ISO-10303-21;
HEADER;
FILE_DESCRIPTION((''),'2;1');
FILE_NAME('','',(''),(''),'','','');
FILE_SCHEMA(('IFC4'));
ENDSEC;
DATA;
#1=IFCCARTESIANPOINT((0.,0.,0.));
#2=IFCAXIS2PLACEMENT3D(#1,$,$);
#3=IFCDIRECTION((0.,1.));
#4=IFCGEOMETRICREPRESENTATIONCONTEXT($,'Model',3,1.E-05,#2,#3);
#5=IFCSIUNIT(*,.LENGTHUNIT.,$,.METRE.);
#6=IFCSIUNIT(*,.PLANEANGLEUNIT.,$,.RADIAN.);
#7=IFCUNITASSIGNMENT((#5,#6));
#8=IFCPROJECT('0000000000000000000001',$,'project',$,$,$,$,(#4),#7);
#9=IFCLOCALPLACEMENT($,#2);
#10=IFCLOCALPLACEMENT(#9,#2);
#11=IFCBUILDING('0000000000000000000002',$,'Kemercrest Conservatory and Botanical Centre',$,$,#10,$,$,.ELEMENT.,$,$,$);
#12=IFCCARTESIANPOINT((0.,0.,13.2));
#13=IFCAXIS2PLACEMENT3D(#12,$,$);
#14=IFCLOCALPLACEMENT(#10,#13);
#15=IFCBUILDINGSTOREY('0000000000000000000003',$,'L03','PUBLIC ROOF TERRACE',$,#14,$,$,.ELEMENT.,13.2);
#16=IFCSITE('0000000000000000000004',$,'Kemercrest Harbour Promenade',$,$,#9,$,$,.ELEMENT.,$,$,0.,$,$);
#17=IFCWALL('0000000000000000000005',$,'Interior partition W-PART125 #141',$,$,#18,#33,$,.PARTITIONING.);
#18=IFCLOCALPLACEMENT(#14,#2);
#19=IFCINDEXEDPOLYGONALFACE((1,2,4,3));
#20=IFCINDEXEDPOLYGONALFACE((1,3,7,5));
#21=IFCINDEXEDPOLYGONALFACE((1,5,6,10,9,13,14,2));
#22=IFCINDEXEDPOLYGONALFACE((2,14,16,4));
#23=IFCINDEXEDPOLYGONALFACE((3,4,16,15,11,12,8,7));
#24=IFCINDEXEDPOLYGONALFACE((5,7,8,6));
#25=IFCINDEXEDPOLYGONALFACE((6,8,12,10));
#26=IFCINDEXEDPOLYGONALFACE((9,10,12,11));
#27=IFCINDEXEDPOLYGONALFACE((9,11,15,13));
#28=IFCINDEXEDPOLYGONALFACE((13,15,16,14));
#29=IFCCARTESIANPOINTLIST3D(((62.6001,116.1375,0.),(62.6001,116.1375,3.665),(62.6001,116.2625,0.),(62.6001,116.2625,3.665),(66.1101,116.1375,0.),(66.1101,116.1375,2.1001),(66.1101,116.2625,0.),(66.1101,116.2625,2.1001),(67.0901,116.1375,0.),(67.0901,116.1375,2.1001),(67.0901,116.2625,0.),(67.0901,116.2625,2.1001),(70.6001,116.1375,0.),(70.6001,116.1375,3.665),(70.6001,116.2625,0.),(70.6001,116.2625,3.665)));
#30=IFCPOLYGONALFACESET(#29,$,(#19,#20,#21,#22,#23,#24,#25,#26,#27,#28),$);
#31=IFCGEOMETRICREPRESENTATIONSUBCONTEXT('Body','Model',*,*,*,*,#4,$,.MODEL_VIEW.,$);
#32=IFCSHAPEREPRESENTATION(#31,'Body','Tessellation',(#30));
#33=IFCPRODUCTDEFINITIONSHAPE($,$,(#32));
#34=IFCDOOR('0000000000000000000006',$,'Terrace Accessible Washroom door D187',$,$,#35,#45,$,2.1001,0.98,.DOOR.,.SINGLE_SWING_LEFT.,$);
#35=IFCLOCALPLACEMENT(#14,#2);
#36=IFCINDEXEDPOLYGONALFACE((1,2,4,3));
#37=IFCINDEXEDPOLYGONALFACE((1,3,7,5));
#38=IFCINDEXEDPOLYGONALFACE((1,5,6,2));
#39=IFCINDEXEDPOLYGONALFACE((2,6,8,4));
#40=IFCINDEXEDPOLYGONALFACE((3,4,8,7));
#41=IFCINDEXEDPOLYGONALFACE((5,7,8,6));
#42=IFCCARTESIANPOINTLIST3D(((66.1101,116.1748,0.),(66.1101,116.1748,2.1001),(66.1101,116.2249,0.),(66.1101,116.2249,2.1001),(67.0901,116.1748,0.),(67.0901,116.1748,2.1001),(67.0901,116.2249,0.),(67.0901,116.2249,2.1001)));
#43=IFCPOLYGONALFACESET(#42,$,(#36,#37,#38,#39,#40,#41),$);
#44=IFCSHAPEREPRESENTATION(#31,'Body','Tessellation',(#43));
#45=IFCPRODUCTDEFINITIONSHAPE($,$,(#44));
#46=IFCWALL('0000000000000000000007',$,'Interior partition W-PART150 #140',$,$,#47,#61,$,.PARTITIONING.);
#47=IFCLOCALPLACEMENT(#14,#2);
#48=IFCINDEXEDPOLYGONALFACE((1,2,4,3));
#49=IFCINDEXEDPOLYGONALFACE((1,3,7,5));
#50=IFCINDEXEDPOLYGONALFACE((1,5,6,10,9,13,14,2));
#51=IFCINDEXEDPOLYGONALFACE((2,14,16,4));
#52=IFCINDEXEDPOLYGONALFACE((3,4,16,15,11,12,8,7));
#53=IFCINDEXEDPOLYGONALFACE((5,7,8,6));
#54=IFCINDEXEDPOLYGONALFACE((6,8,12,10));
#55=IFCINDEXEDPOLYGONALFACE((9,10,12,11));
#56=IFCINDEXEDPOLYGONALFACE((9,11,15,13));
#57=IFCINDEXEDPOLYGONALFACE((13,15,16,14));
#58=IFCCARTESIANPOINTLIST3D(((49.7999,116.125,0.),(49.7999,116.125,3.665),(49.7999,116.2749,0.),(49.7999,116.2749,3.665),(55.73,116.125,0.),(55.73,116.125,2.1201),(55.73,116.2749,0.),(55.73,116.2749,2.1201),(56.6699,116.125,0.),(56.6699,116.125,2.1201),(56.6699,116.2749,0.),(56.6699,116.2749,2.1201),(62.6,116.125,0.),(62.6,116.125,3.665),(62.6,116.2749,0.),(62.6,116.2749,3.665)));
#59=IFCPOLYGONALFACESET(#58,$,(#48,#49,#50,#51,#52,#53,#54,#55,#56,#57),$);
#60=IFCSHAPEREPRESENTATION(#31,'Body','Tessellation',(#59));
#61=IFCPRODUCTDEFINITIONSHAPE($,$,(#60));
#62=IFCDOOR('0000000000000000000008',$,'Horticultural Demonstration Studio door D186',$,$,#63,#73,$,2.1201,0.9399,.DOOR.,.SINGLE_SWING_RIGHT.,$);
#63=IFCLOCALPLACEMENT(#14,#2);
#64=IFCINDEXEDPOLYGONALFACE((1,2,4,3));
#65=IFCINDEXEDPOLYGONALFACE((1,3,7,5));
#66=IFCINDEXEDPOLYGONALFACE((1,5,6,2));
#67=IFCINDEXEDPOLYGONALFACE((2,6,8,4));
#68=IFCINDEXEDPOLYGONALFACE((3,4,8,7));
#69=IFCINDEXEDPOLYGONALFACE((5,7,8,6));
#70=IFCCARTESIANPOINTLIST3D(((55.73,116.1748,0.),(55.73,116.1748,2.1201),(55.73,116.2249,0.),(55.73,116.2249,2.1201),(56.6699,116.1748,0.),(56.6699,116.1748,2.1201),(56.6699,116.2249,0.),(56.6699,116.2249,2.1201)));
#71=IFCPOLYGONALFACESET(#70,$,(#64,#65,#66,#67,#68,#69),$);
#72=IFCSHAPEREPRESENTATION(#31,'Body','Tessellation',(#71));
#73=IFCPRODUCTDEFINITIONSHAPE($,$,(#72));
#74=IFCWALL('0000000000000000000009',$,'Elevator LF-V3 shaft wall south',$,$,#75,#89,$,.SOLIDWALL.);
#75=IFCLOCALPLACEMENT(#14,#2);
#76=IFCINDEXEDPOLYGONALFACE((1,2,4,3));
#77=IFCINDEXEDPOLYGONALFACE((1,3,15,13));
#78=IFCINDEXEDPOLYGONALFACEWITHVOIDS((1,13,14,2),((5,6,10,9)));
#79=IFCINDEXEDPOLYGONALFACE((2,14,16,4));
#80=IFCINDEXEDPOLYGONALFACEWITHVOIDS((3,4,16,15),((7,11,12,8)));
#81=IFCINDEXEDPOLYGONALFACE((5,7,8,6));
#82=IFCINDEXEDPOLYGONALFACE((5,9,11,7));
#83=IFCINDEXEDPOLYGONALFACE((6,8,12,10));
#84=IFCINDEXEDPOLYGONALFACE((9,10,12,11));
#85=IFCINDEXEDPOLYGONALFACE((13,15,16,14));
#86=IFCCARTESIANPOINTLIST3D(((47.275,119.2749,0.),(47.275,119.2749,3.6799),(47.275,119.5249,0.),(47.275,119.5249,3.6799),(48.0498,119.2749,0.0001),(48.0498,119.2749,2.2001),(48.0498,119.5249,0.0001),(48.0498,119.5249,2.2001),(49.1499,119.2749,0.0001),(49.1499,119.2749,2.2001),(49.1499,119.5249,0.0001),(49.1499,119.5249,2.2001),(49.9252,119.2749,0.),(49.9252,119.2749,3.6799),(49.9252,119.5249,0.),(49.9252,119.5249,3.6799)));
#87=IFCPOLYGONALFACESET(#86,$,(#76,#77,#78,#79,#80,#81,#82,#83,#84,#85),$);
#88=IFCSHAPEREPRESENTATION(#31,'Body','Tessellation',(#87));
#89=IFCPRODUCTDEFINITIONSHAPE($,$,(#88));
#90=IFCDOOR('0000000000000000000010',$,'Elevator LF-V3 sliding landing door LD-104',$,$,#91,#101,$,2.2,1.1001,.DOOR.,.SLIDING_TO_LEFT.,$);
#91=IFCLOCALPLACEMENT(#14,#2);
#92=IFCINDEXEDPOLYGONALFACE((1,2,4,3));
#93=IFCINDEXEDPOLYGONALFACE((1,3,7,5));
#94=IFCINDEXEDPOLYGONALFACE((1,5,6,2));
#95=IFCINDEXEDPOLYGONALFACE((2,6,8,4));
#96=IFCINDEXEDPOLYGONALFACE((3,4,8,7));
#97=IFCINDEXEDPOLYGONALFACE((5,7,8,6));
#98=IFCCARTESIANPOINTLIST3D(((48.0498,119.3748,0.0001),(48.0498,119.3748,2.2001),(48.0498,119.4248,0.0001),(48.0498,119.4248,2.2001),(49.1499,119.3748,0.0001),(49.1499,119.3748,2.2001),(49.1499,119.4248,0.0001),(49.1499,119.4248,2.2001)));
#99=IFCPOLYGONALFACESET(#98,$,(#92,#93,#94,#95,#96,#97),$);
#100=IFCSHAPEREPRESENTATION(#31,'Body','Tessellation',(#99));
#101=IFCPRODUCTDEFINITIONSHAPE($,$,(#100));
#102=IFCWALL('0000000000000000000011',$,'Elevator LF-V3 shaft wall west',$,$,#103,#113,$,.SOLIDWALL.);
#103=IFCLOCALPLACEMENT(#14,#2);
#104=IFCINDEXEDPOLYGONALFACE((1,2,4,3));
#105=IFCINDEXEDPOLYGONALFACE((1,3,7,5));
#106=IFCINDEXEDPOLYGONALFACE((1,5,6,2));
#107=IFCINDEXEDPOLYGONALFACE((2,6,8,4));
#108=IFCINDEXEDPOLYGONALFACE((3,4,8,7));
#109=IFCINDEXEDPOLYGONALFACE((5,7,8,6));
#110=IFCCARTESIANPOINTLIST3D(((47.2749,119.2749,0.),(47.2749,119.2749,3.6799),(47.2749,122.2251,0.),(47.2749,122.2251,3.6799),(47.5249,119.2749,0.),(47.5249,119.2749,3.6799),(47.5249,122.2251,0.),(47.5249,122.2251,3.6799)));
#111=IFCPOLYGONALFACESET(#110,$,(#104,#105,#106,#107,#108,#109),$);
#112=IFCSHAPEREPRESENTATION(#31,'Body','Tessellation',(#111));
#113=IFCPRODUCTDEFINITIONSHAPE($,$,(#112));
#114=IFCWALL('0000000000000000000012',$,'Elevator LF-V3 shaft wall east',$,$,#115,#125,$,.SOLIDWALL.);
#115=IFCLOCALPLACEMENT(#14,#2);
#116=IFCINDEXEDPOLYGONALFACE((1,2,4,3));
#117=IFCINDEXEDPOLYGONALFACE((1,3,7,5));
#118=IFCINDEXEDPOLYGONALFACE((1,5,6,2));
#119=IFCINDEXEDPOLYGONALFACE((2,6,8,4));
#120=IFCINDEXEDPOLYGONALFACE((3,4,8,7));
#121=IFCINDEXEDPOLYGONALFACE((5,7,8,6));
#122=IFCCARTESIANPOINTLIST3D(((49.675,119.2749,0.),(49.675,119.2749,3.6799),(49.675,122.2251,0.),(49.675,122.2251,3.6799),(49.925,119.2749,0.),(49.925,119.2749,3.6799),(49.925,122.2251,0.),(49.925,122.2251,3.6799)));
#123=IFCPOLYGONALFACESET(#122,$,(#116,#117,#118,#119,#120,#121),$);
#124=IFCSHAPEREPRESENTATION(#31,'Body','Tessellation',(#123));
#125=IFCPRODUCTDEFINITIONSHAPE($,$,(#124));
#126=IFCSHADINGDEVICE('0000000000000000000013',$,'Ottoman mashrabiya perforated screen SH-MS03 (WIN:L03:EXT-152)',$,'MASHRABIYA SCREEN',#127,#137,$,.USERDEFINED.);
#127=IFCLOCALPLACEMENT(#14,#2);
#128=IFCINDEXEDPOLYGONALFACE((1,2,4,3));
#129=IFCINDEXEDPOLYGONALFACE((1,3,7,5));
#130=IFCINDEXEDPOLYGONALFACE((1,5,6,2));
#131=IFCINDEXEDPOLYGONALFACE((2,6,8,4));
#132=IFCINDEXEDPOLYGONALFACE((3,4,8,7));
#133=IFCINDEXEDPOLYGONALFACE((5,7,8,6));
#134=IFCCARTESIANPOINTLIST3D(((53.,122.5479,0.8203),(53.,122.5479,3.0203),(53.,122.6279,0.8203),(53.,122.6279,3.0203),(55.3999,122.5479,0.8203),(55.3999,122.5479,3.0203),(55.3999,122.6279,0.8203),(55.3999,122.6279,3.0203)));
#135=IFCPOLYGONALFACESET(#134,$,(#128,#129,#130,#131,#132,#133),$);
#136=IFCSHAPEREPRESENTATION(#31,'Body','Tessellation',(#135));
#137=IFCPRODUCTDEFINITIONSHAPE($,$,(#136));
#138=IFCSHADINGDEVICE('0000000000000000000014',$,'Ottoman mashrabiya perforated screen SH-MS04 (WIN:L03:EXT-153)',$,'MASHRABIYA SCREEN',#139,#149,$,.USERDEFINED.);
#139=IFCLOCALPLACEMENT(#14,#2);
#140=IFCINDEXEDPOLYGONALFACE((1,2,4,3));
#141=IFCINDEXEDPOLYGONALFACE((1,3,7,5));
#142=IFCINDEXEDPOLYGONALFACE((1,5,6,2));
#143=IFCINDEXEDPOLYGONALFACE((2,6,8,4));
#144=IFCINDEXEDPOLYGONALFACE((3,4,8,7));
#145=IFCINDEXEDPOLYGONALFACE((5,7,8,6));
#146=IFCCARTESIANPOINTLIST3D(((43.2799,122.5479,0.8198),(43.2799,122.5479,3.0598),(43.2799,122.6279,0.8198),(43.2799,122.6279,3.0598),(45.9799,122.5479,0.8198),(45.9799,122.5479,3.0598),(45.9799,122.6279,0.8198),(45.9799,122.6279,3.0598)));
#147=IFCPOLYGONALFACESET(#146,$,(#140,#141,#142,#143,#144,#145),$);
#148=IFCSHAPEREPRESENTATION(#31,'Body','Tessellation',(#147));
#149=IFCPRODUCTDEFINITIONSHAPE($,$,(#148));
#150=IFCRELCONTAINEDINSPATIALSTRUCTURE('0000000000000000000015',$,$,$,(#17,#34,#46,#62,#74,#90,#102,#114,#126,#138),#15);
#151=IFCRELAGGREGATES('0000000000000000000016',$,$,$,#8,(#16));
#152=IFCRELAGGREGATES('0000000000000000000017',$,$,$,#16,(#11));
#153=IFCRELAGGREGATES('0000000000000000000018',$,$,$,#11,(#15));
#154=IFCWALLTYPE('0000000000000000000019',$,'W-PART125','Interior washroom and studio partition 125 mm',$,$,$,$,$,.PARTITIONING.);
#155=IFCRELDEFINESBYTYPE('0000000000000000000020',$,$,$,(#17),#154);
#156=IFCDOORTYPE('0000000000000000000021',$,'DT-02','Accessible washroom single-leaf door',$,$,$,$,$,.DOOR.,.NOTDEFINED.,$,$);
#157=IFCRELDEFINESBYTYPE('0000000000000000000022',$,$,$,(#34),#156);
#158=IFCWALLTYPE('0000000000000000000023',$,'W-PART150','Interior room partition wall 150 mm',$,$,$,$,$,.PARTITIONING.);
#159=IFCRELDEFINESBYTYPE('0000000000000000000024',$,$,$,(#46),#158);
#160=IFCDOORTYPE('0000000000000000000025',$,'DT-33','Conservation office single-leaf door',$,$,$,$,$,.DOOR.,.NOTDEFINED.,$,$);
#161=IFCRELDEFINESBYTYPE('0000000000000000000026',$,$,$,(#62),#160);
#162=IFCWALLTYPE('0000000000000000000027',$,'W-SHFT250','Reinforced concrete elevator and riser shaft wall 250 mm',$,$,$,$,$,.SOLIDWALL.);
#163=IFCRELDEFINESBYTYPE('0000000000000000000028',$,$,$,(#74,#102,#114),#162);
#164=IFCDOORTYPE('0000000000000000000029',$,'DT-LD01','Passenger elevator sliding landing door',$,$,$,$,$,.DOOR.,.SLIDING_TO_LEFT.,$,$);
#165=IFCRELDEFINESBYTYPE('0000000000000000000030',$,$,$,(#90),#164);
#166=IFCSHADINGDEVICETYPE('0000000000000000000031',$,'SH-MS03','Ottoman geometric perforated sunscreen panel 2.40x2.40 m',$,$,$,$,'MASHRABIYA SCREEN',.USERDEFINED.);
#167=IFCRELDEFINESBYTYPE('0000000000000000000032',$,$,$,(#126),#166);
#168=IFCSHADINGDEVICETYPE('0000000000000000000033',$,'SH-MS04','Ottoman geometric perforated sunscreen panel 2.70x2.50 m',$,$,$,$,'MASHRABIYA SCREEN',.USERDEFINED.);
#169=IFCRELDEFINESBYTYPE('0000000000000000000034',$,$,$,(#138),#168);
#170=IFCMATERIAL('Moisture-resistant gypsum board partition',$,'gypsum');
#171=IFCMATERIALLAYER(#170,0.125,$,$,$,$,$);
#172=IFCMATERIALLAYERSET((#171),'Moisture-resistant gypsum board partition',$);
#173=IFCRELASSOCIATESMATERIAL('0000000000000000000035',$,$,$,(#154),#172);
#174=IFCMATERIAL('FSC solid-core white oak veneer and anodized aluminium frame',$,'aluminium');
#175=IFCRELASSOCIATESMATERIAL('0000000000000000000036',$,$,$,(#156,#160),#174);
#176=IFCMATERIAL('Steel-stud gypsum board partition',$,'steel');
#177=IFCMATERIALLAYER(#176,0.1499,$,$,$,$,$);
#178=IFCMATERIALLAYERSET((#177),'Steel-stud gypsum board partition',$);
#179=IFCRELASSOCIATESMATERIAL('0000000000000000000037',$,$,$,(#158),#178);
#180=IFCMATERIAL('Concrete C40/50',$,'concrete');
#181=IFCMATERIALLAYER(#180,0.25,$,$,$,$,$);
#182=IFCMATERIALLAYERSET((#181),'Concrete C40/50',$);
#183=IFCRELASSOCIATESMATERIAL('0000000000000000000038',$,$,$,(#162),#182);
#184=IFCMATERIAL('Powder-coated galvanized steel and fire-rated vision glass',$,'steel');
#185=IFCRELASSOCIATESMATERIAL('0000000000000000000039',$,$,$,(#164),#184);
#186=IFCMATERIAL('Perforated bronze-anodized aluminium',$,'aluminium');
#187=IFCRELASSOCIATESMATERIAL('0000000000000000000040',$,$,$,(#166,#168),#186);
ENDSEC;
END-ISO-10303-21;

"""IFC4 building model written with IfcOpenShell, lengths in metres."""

from ifc_helpers import new_model, si_unit, direction, frame, frame_2d, origin, origin_2d, place, context, subcontext, project, spatial, rectangle, extrude, material, layer, layer_set, type_object, element, fill, save


model = new_model("IFC4")

# Units and contexts
model_context = context("Model", 3, precision=1e-05, world=origin(), true_north=direction((0.0, 1.0)))
body_context = subcontext(model_context, "Body", "Model", "MODEL_VIEW")
ifc_project = project(units=[si_unit("LENGTHUNIT", "METRE"), si_unit("PLANEANGLEUNIT", "RADIAN")], contexts=[model_context])

# Site, building, storey
site_placement = place(None, origin())
site = spatial("IfcSite", under=ifc_project, at=site_placement, Name="Kemercrest Harbour Promenade", CompositionType="ELEMENT", RefElevation=0.0)
building_placement = place(site_placement, origin())
building = spatial("IfcBuilding", under=site, at=building_placement, Name="Kemercrest Conservatory and Botanical Centre", CompositionType="ELEMENT")
storey_placement = place(building_placement, frame((0.0, 0.0, 13.2)))
storey = spatial("IfcBuildingStorey", under=building, at=storey_placement, Name="L03", Description="PUBLIC ROOF TERRACE", CompositionType="ELEMENT", Elevation=13.2)

# Shared definitions
ifc_material_1 = material(Name="Concrete C40/50", Category="concrete")

# Walls, openings, doors
ifc_material_2 = material(Name="Moisture-resistant gypsum board partition", Category="gypsum")
ifc_layer_1 = layer(ifc_material_2, 0.125)
ifc_layer_set_1 = layer_set([ifc_layer_1], Name="Moisture-resistant gypsum board partition")
wall_type_1 = type_object("IfcWallType", Name="W-PART125", Description="Interior washroom and studio partition 125 mm", PredefinedType="PARTITIONING", material=ifc_layer_set_1)
wall_1_placement = place(storey_placement, frame((62.6001, 116.2, 0.0), z_axis=(0.0, 0.0, 1.0), x_axis=(1.0, 0.0, 0.0)))
wall_1 = element("IfcWall", 1, at=wall_1_placement, inside=storey, type_object=wall_type_1, Name="Interior partition W-PART125 #141", PredefinedType="PARTITIONING", context=body_context, shape_type="SweptSolid", body=[
    extrude(rectangle(XDim=8.0, YDim=0.125, at=frame_2d((4.0, 0.0))), origin(), (0.0, 0.0, 1.0), 3.665),
])
opening_1_placement = place(wall_1_placement, frame((3.51, 0.0, 0.0)))
opening_1 = element("IfcOpeningElement", 2, at=opening_1_placement, cuts=wall_1, PredefinedType="OPENING", context=body_context, shape_type="SweptSolid", body=[
    extrude(rectangle(XDim=0.98, YDim=2.1001, at=frame_2d((0.49, 1.05))), frame((0.0, 0.0725, 0.0), z_axis=(0.0, -1.0, 0.0), x_axis=(1.0, 0.0, 0.0)), (0.0, 0.0, 1.0), 0.145),
])
ifc_material_3 = material(Name="FSC solid-core white oak veneer and anodized aluminium frame", Category="aluminium")
door_type_1 = type_object("IfcDoorType", Name="DT-02", Description="Accessible washroom single-leaf door", OperationType="NOTDEFINED", PredefinedType="DOOR", material=ifc_material_3)
door_1_placement = place(opening_1_placement, origin())
door_1 = element("IfcDoor", 3, at=door_1_placement, inside=storey, type_object=door_type_1, Name="Terrace Accessible Washroom door D187", OperationType="SINGLE_SWING_LEFT", OverallHeight=2.1001, OverallWidth=0.98, PredefinedType="DOOR", context=body_context, shape_type="SweptSolid", body=[
    extrude(rectangle(XDim=0.98, YDim=2.1001, at=frame_2d((0.49, 1.05))), frame((0.0, 0.0249, 0.0), z_axis=(0.0, -1.0, 0.0), x_axis=(1.0, 0.0, 0.0)), (0.0, 0.0, 1.0), 0.05),
])
fill(opening_1, door_1)
ifc_material_4 = material(Name="Steel-stud gypsum board partition", Category="steel")
ifc_layer_2 = layer(ifc_material_4, 0.1499)
ifc_layer_set_2 = layer_set([ifc_layer_2], Name="Steel-stud gypsum board partition")
wall_type_2 = type_object("IfcWallType", Name="W-PART150", Description="Interior room partition wall 150 mm", PredefinedType="PARTITIONING", material=ifc_layer_set_2)
wall_2_placement = place(storey_placement, frame((49.8, 116.2, 0.0), z_axis=(0.0, 0.0, 1.0), x_axis=(1.0, 0.0, 0.0)))
wall_2 = element("IfcWall", 4, at=wall_2_placement, inside=storey, type_object=wall_type_2, Name="Interior partition W-PART150 #140", PredefinedType="PARTITIONING", context=body_context, shape_type="SweptSolid", body=[
    extrude(rectangle(XDim=12.8, YDim=0.1499, at=frame_2d((6.3999, 0.0))), origin(), (0.0, 0.0, 1.0), 3.665),
])
opening_2_placement = place(wall_2_placement, frame((5.9299, 0.0, 0.0)))
opening_2 = element("IfcOpeningElement", 5, at=opening_2_placement, cuts=wall_2, PredefinedType="OPENING", context=body_context, shape_type="SweptSolid", body=[
    extrude(rectangle(XDim=0.9399, YDim=2.1201, at=frame_2d((0.47, 1.0601))), frame((0.0, 0.085, 0.0), z_axis=(0.0, -1.0, 0.0), x_axis=(1.0, 0.0, 0.0)), (0.0, 0.0, 1.0), 0.1699),
])
door_type_2 = type_object("IfcDoorType", Name="DT-33", Description="Conservation office single-leaf door", OperationType="NOTDEFINED", PredefinedType="DOOR", material=ifc_material_3)
door_2_placement = place(opening_2_placement, origin())
door_2 = element("IfcDoor", 6, at=door_2_placement, inside=storey, type_object=door_type_2, Name="Horticultural Demonstration Studio door D186", OperationType="SINGLE_SWING_RIGHT", OverallHeight=2.1201, OverallWidth=0.9399, PredefinedType="DOOR", context=body_context, shape_type="SweptSolid", body=[
    extrude(rectangle(XDim=0.9399, YDim=2.1201, at=frame_2d((0.47, 1.0601))), frame((0.0, 0.0249, 0.0), z_axis=(0.0, -1.0, 0.0), x_axis=(1.0, 0.0, 0.0)), (0.0, 0.0, 1.0), 0.05),
])
fill(opening_2, door_2)
ifc_layer_3 = layer(ifc_material_1, 0.25)
ifc_layer_set_3 = layer_set([ifc_layer_3], Name="Concrete C40/50")
wall_type_3 = type_object("IfcWallType", Name="W-SHFT250", Description="Reinforced concrete elevator and riser shaft wall 250 mm", PredefinedType="SOLIDWALL", material=ifc_layer_set_3)
wall_3_placement = place(storey_placement, frame((47.2749, 119.3999, 0.0), z_axis=(0.0, 0.0, 1.0), x_axis=(1.0, 0.0, 0.0)))
wall_3 = element("IfcWall", 7, at=wall_3_placement, inside=storey, type_object=wall_type_3, Name="Elevator LF-V3 shaft wall south", PredefinedType="SOLIDWALL", context=body_context, shape_type="SweptSolid", body=[
    extrude(rectangle(XDim=2.6501, YDim=0.25, at=frame_2d((1.3252, 0.0))), origin(), (0.0, 0.0, 1.0), 3.6799),
])
opening_3_placement = place(wall_3_placement, frame((0.7749, 0.0, 0.0)))
opening_3 = element("IfcOpeningElement", 8, at=opening_3_placement, cuts=wall_3, PredefinedType="OPENING", context=body_context, shape_type="SweptSolid", body=[
    extrude(rectangle(XDim=1.1001, YDim=2.2, at=frame_2d((0.55, 1.1001))), frame((0.0, 0.135, 0.0), z_axis=(0.0, -1.0, 0.0), x_axis=(1.0, 0.0, 0.0)), (0.0, 0.0, 1.0), 0.27),
])
ifc_material_5 = material(Name="Powder-coated galvanized steel and fire-rated vision glass", Category="steel")
door_type_3 = type_object("IfcDoorType", Name="DT-LD01", Description="Passenger elevator sliding landing door", OperationType="SLIDING_TO_LEFT", PredefinedType="DOOR", material=ifc_material_5)
door_3_placement = place(opening_3_placement, origin())
door_3 = element("IfcDoor", 9, at=door_3_placement, inside=storey, type_object=door_type_3, Name="Elevator LF-V3 sliding landing door LD-104", OperationType="SLIDING_TO_LEFT", OverallHeight=2.2, OverallWidth=1.1001, PredefinedType="DOOR", context=body_context, shape_type="SweptSolid", body=[
    extrude(rectangle(XDim=1.1001, YDim=2.2, at=frame_2d((0.55, 1.1001))), frame((0.0, 0.0249, 0.0), z_axis=(0.0, -1.0, 0.0), x_axis=(1.0, 0.0, 0.0)), (0.0, 0.0, 1.0), 0.05),
])
fill(opening_3, door_3)

# Walls
for number, where, z_axis, x_axis, name in (
    (10, (47.3999, 119.2749, 0.0), (0.0, 0.0, 1.0), (0.0, 1.0, 0.0), "Elevator LF-V3 shaft wall west"),
    (11, (49.8, 119.2749, 0.0), (0.0, 0.0, 1.0), (0.0, 1.0, 0.0), "Elevator LF-V3 shaft wall east"),
):
    element("IfcWall", number, at=place(storey_placement, frame(where, z_axis=z_axis, x_axis=x_axis)), inside=storey, type_object=wall_type_3, Name=name, PredefinedType="SOLIDWALL", context=body_context, shape_type="SweptSolid", body=[
        extrude(rectangle(XDim=2.9502, YDim=0.25, at=frame_2d((1.4751, 0.0))), origin(), (0.0, 0.0, 1.0), 3.6799),
    ])

# Shading devices
ifc_material_6 = material(Name="Perforated bronze-anodized aluminium", Category="aluminium")
shading_device_type_1 = type_object("IfcShadingDeviceType", Name="SH-MS03", Description="Ottoman geometric perforated sunscreen panel 2.40x2.40 m", ElementType="MASHRABIYA SCREEN", PredefinedType="USERDEFINED", material=ifc_material_6)
shading_device_1_placement = place(storey_placement, frame((54.2, 122.5879, 0.8203), z_axis=(0.0, 0.0, 1.0), x_axis=(-1.0, 0.0, 0.0)))
element("IfcShadingDevice", 12, at=shading_device_1_placement, inside=storey, type_object=shading_device_type_1, Name="Ottoman mashrabiya perforated screen SH-MS03 (WIN:L03:EXT-152)", ObjectType="MASHRABIYA SCREEN", PredefinedType="USERDEFINED", context=body_context, shape_type="SweptSolid", body=[
    extrude(rectangle(XDim=2.3999, YDim=0.0801, at=origin_2d()), origin(), (0.0, 0.0, 1.0), 2.2),
])
shading_device_type_2 = type_object("IfcShadingDeviceType", Name="SH-MS04", Description="Ottoman geometric perforated sunscreen panel 2.70x2.50 m", ElementType="MASHRABIYA SCREEN", PredefinedType="USERDEFINED", material=ifc_material_6)
shading_device_2_placement = place(storey_placement, frame((44.6299, 122.5879, 0.8198), z_axis=(0.0, 0.0, 1.0), x_axis=(-1.0, 0.0, 0.0)))
element("IfcShadingDevice", 13, at=shading_device_2_placement, inside=storey, type_object=shading_device_type_2, Name="Ottoman mashrabiya perforated screen SH-MS04 (WIN:L03:EXT-153)", ObjectType="MASHRABIYA SCREEN", PredefinedType="USERDEFINED", context=body_context, shape_type="SweptSolid", body=[
    extrude(rectangle(XDim=2.7, YDim=0.0801, at=origin_2d()), origin(), (0.0, 0.0, 1.0), 2.24),
])

save(model, "model.ifc")
